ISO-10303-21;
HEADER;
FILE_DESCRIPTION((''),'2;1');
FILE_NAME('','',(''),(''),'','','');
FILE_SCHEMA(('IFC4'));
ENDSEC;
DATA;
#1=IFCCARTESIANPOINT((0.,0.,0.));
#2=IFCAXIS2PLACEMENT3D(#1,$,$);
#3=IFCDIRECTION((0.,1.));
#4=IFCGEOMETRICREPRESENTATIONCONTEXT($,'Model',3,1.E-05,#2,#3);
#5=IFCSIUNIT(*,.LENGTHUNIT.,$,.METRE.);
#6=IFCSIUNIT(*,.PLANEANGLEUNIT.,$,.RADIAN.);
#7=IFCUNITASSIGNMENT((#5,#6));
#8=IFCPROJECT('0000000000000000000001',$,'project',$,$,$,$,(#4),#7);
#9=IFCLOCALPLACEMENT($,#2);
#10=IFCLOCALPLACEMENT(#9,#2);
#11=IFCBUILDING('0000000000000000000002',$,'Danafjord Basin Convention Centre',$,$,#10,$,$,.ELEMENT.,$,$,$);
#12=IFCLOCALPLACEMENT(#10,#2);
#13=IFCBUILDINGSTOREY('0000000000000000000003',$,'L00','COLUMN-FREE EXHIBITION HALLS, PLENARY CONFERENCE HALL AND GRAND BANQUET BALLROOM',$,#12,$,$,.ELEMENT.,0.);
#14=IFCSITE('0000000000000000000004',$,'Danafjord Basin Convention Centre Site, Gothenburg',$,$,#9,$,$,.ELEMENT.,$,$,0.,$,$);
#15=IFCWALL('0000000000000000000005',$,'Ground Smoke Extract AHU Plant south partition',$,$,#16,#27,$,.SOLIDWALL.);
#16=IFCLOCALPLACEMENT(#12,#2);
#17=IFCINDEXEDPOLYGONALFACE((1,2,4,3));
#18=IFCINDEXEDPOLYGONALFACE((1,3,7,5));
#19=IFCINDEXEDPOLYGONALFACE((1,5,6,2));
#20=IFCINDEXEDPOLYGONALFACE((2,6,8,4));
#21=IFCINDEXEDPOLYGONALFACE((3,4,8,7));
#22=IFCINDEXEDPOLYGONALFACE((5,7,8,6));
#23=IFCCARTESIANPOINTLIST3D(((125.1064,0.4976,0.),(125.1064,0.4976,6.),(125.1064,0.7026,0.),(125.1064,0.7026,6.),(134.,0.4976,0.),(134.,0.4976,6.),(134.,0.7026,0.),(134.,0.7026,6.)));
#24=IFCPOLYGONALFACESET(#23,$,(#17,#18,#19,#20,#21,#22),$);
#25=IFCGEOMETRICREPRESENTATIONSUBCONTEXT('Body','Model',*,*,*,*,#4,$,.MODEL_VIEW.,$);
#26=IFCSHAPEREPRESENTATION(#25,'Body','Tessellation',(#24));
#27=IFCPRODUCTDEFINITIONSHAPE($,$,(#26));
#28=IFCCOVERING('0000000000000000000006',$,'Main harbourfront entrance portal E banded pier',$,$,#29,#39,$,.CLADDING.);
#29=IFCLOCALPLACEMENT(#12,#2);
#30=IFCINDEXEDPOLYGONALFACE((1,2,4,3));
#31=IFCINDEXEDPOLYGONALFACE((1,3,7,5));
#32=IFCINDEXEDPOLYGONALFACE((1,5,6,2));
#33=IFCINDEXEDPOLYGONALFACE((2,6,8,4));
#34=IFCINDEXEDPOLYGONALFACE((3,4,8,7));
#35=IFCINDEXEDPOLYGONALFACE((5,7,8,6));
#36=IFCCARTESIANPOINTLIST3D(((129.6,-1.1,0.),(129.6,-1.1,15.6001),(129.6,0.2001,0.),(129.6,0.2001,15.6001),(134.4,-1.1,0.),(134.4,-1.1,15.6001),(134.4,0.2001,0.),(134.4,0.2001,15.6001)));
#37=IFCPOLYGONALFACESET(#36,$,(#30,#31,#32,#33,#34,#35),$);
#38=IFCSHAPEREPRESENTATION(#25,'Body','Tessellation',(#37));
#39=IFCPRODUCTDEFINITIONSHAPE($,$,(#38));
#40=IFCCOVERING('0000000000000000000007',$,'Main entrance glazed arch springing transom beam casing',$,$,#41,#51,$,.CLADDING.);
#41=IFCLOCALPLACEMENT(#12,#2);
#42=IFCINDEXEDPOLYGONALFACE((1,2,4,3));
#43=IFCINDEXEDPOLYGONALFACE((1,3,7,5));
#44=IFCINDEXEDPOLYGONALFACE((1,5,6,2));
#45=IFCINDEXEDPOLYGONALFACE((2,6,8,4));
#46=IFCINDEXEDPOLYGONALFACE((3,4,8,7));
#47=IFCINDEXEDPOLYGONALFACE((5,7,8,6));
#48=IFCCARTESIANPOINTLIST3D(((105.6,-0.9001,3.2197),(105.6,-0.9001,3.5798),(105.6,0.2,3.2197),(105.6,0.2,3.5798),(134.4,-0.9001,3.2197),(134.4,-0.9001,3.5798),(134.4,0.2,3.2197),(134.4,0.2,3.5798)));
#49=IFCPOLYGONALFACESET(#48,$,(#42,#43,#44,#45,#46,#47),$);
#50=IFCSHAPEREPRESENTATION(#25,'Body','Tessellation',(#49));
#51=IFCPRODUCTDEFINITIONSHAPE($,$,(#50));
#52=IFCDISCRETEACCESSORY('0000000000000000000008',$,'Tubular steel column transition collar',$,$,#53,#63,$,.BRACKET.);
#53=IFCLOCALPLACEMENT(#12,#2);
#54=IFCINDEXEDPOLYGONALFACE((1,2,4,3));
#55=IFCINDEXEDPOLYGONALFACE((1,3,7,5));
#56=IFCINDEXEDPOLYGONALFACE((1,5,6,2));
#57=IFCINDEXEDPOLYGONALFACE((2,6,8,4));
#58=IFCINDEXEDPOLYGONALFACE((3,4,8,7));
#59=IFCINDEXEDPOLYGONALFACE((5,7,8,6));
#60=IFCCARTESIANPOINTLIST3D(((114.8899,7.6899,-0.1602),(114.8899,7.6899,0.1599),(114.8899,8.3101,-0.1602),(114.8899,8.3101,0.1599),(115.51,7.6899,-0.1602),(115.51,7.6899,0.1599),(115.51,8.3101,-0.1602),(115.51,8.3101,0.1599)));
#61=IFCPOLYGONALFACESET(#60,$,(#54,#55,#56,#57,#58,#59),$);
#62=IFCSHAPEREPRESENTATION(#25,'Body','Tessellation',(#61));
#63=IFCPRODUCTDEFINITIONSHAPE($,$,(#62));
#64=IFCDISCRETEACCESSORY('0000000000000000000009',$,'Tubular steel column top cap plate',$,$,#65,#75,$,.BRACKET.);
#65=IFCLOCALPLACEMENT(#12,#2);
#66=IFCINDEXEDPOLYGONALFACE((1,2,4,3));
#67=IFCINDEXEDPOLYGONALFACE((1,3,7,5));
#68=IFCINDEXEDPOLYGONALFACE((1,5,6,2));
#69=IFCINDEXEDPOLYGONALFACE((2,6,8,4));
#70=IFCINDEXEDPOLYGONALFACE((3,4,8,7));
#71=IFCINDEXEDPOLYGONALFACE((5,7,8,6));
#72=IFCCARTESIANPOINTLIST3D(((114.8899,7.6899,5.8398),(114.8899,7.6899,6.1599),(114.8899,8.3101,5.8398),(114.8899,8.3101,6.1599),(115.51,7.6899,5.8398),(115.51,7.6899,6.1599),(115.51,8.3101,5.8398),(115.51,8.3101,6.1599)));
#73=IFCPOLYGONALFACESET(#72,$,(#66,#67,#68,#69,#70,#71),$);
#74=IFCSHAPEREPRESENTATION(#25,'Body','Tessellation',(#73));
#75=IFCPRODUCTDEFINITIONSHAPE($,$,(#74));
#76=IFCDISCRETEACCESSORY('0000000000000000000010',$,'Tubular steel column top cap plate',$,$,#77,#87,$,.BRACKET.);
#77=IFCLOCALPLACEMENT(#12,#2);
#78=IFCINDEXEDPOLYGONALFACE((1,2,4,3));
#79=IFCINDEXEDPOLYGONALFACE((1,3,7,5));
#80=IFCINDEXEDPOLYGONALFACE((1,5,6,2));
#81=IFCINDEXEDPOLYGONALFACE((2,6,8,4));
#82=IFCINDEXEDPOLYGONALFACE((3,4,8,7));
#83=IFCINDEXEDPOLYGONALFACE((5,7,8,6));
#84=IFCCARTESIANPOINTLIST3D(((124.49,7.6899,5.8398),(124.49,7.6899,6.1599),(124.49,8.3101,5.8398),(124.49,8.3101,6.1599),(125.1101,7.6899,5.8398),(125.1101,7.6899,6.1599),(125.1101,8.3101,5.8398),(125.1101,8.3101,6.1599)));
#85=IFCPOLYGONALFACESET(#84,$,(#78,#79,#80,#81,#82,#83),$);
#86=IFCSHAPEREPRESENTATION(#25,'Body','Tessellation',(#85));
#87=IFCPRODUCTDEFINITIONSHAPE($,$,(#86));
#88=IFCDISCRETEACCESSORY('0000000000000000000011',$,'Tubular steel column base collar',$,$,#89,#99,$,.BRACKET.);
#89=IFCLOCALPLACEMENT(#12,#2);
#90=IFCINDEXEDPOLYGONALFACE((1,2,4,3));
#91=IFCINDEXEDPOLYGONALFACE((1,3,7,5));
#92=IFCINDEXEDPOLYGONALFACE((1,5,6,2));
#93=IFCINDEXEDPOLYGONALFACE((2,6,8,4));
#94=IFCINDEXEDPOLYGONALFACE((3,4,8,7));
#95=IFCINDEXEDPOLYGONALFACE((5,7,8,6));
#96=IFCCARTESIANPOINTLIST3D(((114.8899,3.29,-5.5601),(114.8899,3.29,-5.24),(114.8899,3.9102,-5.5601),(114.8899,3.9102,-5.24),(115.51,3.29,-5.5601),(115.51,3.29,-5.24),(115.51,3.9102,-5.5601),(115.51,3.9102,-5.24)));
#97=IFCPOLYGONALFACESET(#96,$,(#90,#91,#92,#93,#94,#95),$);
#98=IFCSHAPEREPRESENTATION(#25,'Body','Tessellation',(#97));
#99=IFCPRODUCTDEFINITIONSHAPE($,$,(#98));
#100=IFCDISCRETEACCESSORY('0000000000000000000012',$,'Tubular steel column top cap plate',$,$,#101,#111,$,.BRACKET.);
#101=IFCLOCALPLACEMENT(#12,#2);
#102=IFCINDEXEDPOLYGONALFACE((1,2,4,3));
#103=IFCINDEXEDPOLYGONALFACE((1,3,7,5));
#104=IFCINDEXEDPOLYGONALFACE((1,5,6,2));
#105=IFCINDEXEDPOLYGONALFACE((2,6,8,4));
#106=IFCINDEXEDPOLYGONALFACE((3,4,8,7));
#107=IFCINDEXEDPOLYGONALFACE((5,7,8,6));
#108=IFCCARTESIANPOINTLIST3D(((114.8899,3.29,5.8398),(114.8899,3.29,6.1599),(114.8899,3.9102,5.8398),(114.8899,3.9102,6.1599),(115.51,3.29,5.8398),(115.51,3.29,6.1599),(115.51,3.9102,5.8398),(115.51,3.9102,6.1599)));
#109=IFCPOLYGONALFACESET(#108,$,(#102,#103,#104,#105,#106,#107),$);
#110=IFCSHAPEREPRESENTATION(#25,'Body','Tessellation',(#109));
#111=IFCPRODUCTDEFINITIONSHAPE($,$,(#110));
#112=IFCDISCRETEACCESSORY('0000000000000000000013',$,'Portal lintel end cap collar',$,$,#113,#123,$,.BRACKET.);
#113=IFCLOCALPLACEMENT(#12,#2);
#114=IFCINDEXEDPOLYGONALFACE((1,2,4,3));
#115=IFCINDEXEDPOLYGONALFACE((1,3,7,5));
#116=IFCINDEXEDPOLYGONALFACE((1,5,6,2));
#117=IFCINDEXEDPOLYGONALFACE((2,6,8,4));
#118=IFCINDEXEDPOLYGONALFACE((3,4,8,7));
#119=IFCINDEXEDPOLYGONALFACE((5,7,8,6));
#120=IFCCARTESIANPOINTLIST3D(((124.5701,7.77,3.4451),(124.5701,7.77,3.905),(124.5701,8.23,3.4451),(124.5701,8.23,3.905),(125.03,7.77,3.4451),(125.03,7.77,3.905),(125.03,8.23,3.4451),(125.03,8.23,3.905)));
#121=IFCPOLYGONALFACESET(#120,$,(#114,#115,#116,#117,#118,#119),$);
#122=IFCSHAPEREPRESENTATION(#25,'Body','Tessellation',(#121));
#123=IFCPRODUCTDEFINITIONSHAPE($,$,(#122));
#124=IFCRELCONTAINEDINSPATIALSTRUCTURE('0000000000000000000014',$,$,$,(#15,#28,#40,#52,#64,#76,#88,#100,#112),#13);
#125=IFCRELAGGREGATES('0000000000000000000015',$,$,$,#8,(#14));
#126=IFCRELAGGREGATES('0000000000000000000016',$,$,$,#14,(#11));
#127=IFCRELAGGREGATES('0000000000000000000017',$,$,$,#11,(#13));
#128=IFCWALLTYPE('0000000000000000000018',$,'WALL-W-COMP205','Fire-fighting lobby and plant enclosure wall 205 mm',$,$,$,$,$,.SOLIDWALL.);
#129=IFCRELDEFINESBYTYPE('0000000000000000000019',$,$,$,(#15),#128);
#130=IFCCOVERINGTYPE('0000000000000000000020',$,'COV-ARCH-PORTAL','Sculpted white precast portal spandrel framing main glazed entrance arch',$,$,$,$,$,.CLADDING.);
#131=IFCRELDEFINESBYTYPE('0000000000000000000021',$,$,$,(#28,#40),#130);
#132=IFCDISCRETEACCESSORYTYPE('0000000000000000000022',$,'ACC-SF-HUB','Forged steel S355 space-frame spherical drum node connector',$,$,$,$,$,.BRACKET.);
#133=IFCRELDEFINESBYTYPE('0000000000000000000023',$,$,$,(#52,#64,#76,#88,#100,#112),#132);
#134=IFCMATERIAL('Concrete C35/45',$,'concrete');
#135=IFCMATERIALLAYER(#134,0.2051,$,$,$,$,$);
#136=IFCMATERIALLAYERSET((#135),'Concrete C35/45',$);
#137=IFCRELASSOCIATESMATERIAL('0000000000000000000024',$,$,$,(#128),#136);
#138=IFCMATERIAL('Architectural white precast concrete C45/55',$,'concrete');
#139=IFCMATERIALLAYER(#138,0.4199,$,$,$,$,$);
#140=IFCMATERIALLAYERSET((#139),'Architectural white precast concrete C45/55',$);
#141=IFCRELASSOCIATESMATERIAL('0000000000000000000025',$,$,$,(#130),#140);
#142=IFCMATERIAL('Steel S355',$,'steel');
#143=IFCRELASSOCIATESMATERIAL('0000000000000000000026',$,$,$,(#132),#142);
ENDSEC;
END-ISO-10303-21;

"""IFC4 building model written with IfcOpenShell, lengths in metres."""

from ifc_helpers import new_model, si_unit, direction, frame, frame_2d, origin, origin_2d, place, context, subcontext, project, spatial, rectangle, extrude, material, layer, layer_set, type_object, element, save


model = new_model("IFC4")

# Units and contexts
model_context = context("Model", 3, precision=1e-05, world=origin(), true_north=direction((0.0, 1.0)))
body_context = subcontext(model_context, "Body", "Model", "MODEL_VIEW")
ifc_project = project(units=[si_unit("LENGTHUNIT", "METRE"), si_unit("PLANEANGLEUNIT", "RADIAN")], contexts=[model_context])

# Site, building, storey
site_placement = place(None, origin())
site = spatial("IfcSite", under=ifc_project, at=site_placement, Name="Danafjord Basin Convention Centre Site, Gothenburg", CompositionType="ELEMENT", RefElevation=0.0)
building_placement = place(site_placement, origin())
building = spatial("IfcBuilding", under=site, at=building_placement, Name="Danafjord Basin Convention Centre", CompositionType="ELEMENT")
storey_placement = place(building_placement, origin())
storey = spatial("IfcBuildingStorey", under=building, at=storey_placement, Name="L00", Description="COLUMN-FREE EXHIBITION HALLS, PLENARY CONFERENCE HALL AND GRAND BANQUET BALLROOM", CompositionType="ELEMENT", Elevation=0.0)

# Shared definitions
ifc_material_1 = material(Name="Concrete C35/45", Category="concrete")

# Shared definitions
ifc_material_2 = material(Name="Steel S355", Category="steel")

# Wall
ifc_layer_1 = layer(ifc_material_1, 0.2051)
ifc_layer_set_1 = layer_set([ifc_layer_1], Name="Concrete C35/45")
wall_type_1 = type_object("IfcWallType", Name="WALL-W-COMP205", Description="Fire-fighting lobby and plant enclosure wall 205 mm", PredefinedType="SOLIDWALL", material=ifc_layer_set_1)
wall_1_placement = place(storey_placement, frame((125.1064, 0.6001, 0.0), z_axis=(0.0, 0.0, 1.0), x_axis=(1.0, 0.0, 0.0)))
element("IfcWall", 1, at=wall_1_placement, inside=storey, type_object=wall_type_1, Name="Ground Smoke Extract AHU Plant south partition", PredefinedType="SOLIDWALL", context=body_context, shape_type="SweptSolid", body=[
    extrude(rectangle(XDim=8.8936, YDim=0.2051, at=frame_2d((4.4468, 0.0))), origin(), (0.0, 0.0, 1.0), 6.0),
])

# Coverings
ifc_material_3 = material(Name="Architectural white precast concrete C45/55", Category="concrete")
ifc_layer_2 = layer(ifc_material_3, 0.4199)
ifc_layer_set_2 = layer_set([ifc_layer_2], Name="Architectural white precast concrete C45/55")
covering_type = type_object("IfcCoveringType", Name="COV-ARCH-PORTAL", Description="Sculpted white precast portal spandrel framing main glazed entrance arch", PredefinedType="CLADDING", material=ifc_layer_set_2)
covering_1_placement = place(storey_placement, frame((132.0, -0.45, 0.0), z_axis=(0.0, 0.0, 1.0), x_axis=(1.0, 0.0, 0.0)))
element("IfcCovering", 2, at=covering_1_placement, inside=storey, type_object=covering_type, Name="Main harbourfront entrance portal E banded pier", PredefinedType="CLADDING", context=body_context, shape_type="SweptSolid", body=[
    extrude(rectangle(XDim=4.8, YDim=1.3, at=origin_2d()), origin(), (0.0, 0.0, 1.0), 15.6001),
])
covering_2_placement = place(storey_placement, frame((120.0, -0.3501, 3.2197), z_axis=(0.0, 0.0, 1.0), x_axis=(1.0, 0.0, 0.0)))
element("IfcCovering", 3, at=covering_2_placement, inside=storey, type_object=covering_type, Name="Main entrance glazed arch springing transom beam casing", PredefinedType="CLADDING", context=body_context, shape_type="SweptSolid", body=[
    extrude(rectangle(XDim=28.8, YDim=1.1001, at=origin_2d()), origin(), (0.0, 0.0, 1.0), 0.3601),
])

# Discrete accessories
discrete_accessory_type = type_object("IfcDiscreteAccessoryType", Name="ACC-SF-HUB", Description="Forged steel S355 space-frame spherical drum node connector", PredefinedType="BRACKET", material=ifc_material_2)
for number, where, z_axis, x_axis, name in (
    (4, (115.2, 8.0, -0.1602), (0.0, 0.0, 1.0), (1.0, 0.0, 0.0), "Tubular steel column transition collar"),
    (5, (115.2, 8.0, 5.8398), (0.0, 0.0, 1.0), (1.0, 0.0, 0.0), "Tubular steel column top cap plate"),
    (6, (124.8, 8.0, 5.8398), (0.0, 0.0, 1.0), (1.0, 0.0, 0.0), "Tubular steel column top cap plate"),
    (7, (115.2, 3.6001, -5.5601), (0.0, 0.0, 1.0), (1.0, 0.0, 0.0), "Tubular steel column base collar"),
    (8, (115.2, 3.6001, 5.8398), (0.0, 0.0, 1.0), (1.0, 0.0, 0.0), "Tubular steel column top cap plate"),
):
    element("IfcDiscreteAccessory", number, at=place(storey_placement, frame(where, z_axis=z_axis, x_axis=x_axis)), inside=storey, type_object=discrete_accessory_type, Name=name, PredefinedType="BRACKET", context=body_context, shape_type="SweptSolid", body=[
        extrude(rectangle(XDim=0.6201, YDim=0.6201, at=origin_2d()), origin(), (0.0, 0.0, 1.0), 0.3201),
    ])
discrete_accessory_placement = place(storey_placement, frame((124.8, 8.0, 3.4451), z_axis=(0.0, 0.0, 1.0), x_axis=(1.0, 0.0, 0.0)))
element("IfcDiscreteAccessory", 9, at=discrete_accessory_placement, inside=storey, type_object=discrete_accessory_type, Name="Portal lintel end cap collar", PredefinedType="BRACKET", context=body_context, shape_type="SweptSolid", body=[
    extrude(rectangle(XDim=0.46, YDim=0.46, at=origin_2d()), origin(), (0.0, 0.0, 1.0), 0.46),
])

save(model, "model.ifc")
